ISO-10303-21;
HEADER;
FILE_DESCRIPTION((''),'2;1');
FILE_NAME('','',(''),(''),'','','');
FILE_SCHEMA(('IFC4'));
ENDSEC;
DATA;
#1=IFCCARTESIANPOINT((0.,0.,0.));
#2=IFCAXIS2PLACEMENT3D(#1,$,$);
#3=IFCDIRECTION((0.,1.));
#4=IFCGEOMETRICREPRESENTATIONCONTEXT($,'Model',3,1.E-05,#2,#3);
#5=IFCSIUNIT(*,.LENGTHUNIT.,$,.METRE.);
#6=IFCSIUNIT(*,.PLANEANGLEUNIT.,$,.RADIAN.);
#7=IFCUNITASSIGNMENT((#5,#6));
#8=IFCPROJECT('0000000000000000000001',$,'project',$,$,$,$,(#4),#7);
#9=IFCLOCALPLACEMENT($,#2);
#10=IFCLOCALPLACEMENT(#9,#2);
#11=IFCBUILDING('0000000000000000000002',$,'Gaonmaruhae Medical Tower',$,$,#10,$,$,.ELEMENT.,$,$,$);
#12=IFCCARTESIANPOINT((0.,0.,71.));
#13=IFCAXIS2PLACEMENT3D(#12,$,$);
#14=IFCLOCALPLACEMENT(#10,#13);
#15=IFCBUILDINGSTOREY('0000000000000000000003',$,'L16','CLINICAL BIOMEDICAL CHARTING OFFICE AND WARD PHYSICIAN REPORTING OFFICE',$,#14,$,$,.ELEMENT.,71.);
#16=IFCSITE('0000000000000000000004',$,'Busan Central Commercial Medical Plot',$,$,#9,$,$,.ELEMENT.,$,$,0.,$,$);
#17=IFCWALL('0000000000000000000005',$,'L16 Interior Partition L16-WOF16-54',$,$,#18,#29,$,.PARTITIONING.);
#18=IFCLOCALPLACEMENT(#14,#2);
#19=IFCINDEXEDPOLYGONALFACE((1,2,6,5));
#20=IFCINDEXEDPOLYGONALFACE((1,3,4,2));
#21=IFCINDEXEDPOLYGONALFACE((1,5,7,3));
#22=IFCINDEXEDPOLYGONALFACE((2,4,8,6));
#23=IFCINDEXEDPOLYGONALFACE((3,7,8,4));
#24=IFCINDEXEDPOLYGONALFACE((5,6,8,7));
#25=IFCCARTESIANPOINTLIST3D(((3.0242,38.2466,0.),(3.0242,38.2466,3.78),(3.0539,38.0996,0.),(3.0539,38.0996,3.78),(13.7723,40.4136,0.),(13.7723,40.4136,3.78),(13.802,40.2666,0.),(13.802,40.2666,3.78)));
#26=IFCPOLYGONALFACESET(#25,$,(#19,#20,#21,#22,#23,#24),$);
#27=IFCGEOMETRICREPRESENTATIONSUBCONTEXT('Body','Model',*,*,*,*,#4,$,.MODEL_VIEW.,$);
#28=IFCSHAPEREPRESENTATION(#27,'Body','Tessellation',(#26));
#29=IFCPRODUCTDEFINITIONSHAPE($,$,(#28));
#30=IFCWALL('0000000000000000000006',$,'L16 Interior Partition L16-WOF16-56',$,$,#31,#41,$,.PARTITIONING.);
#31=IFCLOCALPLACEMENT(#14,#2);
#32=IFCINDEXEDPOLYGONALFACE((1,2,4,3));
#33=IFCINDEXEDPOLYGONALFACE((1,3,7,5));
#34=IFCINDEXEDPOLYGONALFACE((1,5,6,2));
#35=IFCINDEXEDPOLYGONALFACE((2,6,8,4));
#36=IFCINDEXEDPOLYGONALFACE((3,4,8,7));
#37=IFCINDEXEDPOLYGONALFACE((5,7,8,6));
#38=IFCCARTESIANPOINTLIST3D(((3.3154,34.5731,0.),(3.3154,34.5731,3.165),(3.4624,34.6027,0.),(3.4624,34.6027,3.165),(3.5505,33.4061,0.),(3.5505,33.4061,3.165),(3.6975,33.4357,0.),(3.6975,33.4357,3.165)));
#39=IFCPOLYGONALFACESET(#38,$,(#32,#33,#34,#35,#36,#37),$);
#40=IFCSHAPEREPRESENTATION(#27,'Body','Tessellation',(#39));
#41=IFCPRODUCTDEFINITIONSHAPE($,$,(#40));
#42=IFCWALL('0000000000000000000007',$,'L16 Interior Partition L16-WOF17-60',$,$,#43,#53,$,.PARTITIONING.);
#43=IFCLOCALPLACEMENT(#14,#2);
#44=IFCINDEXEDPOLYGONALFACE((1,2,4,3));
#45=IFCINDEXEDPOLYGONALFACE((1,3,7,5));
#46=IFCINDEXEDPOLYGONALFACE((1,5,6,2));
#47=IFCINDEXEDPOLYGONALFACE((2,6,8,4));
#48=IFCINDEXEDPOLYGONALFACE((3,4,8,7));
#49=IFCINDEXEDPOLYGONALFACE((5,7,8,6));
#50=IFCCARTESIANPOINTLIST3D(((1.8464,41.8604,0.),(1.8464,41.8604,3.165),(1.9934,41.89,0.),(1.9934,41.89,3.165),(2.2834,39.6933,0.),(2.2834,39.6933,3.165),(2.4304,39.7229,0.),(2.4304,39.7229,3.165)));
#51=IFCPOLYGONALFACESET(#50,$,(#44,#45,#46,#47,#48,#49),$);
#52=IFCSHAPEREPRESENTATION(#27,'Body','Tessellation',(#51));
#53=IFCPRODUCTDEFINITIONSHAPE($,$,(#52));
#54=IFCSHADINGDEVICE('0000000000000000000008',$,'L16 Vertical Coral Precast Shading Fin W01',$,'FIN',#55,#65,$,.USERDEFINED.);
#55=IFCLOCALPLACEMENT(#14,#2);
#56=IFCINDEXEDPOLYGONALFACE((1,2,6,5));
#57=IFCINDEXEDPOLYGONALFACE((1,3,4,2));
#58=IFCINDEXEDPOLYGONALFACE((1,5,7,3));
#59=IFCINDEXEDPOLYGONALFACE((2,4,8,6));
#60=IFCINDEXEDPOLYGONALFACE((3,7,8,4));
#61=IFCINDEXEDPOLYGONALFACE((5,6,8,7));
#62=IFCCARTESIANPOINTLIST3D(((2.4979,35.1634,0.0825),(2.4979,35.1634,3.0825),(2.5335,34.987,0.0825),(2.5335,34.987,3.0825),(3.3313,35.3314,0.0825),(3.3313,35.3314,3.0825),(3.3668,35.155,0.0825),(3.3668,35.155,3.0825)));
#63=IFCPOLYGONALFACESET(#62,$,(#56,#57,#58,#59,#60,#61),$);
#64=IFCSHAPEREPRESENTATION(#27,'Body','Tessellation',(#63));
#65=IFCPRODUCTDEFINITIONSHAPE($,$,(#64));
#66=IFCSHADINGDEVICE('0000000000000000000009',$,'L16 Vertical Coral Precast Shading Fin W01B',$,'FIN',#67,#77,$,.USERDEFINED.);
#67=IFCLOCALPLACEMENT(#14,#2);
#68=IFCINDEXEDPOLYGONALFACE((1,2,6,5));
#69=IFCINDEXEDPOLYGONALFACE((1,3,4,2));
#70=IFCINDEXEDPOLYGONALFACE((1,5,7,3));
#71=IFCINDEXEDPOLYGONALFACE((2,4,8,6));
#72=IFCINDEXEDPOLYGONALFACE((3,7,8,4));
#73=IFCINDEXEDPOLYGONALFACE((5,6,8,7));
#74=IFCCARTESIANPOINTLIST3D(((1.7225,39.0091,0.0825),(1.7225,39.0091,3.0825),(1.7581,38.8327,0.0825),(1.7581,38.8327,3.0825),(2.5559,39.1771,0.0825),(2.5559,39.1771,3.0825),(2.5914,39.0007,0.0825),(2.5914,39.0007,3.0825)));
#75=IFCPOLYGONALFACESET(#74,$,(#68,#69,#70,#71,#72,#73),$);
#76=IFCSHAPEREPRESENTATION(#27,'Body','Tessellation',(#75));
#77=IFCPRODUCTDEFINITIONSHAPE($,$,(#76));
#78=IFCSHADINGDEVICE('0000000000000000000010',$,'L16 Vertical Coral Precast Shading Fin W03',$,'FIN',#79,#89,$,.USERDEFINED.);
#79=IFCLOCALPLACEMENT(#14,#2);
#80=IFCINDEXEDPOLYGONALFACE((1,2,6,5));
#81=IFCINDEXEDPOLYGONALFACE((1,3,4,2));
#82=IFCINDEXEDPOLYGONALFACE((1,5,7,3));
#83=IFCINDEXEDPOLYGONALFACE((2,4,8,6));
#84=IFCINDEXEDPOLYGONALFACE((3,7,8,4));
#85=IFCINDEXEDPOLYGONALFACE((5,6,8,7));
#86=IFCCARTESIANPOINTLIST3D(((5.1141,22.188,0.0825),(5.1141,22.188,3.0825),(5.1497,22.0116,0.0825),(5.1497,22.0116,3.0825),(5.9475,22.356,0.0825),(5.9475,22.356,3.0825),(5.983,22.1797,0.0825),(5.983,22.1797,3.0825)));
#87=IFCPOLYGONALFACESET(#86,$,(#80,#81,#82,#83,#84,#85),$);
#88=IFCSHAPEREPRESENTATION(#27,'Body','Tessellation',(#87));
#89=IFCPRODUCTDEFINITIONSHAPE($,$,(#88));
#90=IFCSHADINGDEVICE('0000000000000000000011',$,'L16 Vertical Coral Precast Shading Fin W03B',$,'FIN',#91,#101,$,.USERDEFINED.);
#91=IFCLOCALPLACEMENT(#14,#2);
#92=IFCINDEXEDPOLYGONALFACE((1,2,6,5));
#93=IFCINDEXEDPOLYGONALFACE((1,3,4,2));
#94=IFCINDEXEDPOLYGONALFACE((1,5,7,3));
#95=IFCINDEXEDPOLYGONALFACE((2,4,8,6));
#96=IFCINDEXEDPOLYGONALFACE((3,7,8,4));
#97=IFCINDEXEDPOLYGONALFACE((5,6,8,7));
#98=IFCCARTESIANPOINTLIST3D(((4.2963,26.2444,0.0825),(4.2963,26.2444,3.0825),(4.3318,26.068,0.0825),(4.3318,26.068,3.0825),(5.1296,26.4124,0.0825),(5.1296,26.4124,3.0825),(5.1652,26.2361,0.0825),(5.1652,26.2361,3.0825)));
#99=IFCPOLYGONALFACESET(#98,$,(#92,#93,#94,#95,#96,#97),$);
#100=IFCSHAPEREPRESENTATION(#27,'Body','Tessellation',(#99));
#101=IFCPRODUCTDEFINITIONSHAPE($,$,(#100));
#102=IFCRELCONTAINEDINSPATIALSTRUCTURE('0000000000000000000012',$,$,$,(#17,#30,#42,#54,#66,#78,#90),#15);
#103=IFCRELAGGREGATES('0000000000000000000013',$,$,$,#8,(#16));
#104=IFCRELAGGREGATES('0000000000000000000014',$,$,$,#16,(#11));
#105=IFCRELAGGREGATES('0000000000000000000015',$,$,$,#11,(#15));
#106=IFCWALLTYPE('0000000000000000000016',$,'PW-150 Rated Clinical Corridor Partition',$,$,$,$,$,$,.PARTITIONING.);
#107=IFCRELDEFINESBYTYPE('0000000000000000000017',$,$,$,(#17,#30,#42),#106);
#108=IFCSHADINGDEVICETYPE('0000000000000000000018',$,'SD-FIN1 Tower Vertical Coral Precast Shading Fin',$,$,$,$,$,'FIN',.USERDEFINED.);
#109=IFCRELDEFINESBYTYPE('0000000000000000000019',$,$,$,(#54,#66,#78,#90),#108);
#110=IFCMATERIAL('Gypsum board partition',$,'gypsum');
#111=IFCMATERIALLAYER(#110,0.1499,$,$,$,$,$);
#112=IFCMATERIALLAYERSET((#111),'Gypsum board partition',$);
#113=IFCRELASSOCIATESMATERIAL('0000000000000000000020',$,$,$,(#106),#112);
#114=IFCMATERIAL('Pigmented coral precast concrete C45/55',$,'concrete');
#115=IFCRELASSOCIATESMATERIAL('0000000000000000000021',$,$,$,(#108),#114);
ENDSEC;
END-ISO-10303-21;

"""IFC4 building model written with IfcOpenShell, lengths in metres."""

from ifc_helpers import new_model, si_unit, direction, frame, frame_2d, origin, origin_2d, place, context, subcontext, project, spatial, rectangle, extrude, material, layer, layer_set, type_object, element, save


model = new_model("IFC4")

# Units and contexts
model_context = context("Model", 3, precision=1e-05, world=origin(), true_north=direction((0.0, 1.0)))
body_context = subcontext(model_context, "Body", "Model", "MODEL_VIEW")
ifc_project = project(units=[si_unit("LENGTHUNIT", "METRE"), si_unit("PLANEANGLEUNIT", "RADIAN")], contexts=[model_context])

# Site, building, storey
site_placement = place(None, origin())
site = spatial("IfcSite", under=ifc_project, at=site_placement, Name="Busan Central Commercial Medical Plot", CompositionType="ELEMENT", RefElevation=0.0)
building_placement = place(site_placement, origin())
building = spatial("IfcBuilding", under=site, at=building_placement, Name="Gaonmaruhae Medical Tower", CompositionType="ELEMENT")
storey_placement = place(building_placement, frame((0.0, 0.0, 71.0)))
storey = spatial("IfcBuildingStorey", under=building, at=storey_placement, Name="L16", Description="CLINICAL BIOMEDICAL CHARTING OFFICE AND WARD PHYSICIAN REPORTING OFFICE", CompositionType="ELEMENT", Elevation=71.0)

# Walls
ifc_material_1 = material(Name="Gypsum board partition", Category="gypsum")
ifc_layer_1 = layer(ifc_material_1, 0.1499)
ifc_layer_set_1 = layer_set([ifc_layer_1], Name="Gypsum board partition")
wall_type_1 = type_object("IfcWallType", Name="PW-150 Rated Clinical Corridor Partition", PredefinedType="PARTITIONING", material=ifc_layer_set_1)
for number, where, z_axis, x_axis, name in (
    (1, (3.0391, 38.1731, 0.0), (0.0, 0.0, 1.0), (0.980275, 0.19764, 0.0), "L16 Interior Partition L16-WOF16-54"),
):
    element("IfcWall", number, at=place(storey_placement, frame(where, z_axis=z_axis, x_axis=x_axis)), inside=storey, type_object=wall_type_1, Name=name, PredefinedType="PARTITIONING", context=body_context, shape_type="SweptSolid", body=[
        extrude(rectangle(XDim=10.9644, YDim=0.1499, at=frame_2d((5.4822, 0.0))), origin(), (0.0, 0.0, 1.0), 3.78),
    ])
wall_1_placement = place(storey_placement, frame((3.624, 33.4209, 0.0), z_axis=(0.0, 0.0, 1.0), x_axis=(-0.197496, 0.980304, 0.0)))
element("IfcWall", 2, at=wall_1_placement, inside=storey, type_object=wall_type_1, Name="L16 Interior Partition L16-WOF16-56", PredefinedType="PARTITIONING", context=body_context, shape_type="SweptSolid", body=[
    extrude(rectangle(XDim=1.1904, YDim=0.1499, at=frame_2d((0.5952, 0.0))), origin(), (0.0, 0.0, 1.0), 3.165),
])
wall_2_placement = place(storey_placement, frame((2.3569, 39.708, 0.0), z_axis=(0.0, 0.0, 1.0), x_axis=(-0.197688, 0.980265, 0.0)))
element("IfcWall", 3, at=wall_2_placement, inside=storey, type_object=wall_type_1, Name="L16 Interior Partition L16-WOF17-60", PredefinedType="PARTITIONING", context=body_context, shape_type="SweptSolid", body=[
    extrude(rectangle(XDim=2.2107, YDim=0.1499, at=frame_2d((1.1055, 0.0))), origin(), (0.0, 0.0, 1.0), 3.165),
])

# Shading devices
ifc_material_2 = material(Name="Pigmented coral precast concrete C45/55", Category="concrete")
shading_device_type = type_object("IfcShadingDeviceType", Name="SD-FIN1 Tower Vertical Coral Precast Shading Fin", ElementType="FIN", PredefinedType="USERDEFINED", material=ifc_material_2)
for number, where, z_axis, x_axis, name in (
    (4, (2.9324, 35.1592, 0.0825), (0.0, 0.0, 1.0), (-0.19764, 0.980275, 0.0), "L16 Vertical Coral Precast Shading Fin W01"),
    (5, (2.157, 39.0049, 0.0825), (0.0, 0.0, 1.0), (-0.19764, 0.980275, 0.0), "L16 Vertical Coral Precast Shading Fin W01B"),
    (6, (5.5486, 22.1838, 0.0825), (0.0, 0.0, 1.0), (-0.197657, 0.980271, 0.0), "L16 Vertical Coral Precast Shading Fin W03"),
    (7, (4.7307, 26.2402, 0.0825), (0.0, 0.0, 1.0), (-0.197657, 0.980271, 0.0), "L16 Vertical Coral Precast Shading Fin W03B"),
):
    element("IfcShadingDevice", number, at=place(storey_placement, frame(where, z_axis=z_axis, x_axis=x_axis)), inside=storey, type_object=shading_device_type, Name=name, ObjectType="FIN", PredefinedType="USERDEFINED", context=body_context, shape_type="SweptSolid", body=[
        extrude(rectangle(XDim=0.1799, YDim=0.8501, at=origin_2d()), origin(), (0.0, 0.0, 1.0), 3.0),
    ])

save(model, "model.ifc")
